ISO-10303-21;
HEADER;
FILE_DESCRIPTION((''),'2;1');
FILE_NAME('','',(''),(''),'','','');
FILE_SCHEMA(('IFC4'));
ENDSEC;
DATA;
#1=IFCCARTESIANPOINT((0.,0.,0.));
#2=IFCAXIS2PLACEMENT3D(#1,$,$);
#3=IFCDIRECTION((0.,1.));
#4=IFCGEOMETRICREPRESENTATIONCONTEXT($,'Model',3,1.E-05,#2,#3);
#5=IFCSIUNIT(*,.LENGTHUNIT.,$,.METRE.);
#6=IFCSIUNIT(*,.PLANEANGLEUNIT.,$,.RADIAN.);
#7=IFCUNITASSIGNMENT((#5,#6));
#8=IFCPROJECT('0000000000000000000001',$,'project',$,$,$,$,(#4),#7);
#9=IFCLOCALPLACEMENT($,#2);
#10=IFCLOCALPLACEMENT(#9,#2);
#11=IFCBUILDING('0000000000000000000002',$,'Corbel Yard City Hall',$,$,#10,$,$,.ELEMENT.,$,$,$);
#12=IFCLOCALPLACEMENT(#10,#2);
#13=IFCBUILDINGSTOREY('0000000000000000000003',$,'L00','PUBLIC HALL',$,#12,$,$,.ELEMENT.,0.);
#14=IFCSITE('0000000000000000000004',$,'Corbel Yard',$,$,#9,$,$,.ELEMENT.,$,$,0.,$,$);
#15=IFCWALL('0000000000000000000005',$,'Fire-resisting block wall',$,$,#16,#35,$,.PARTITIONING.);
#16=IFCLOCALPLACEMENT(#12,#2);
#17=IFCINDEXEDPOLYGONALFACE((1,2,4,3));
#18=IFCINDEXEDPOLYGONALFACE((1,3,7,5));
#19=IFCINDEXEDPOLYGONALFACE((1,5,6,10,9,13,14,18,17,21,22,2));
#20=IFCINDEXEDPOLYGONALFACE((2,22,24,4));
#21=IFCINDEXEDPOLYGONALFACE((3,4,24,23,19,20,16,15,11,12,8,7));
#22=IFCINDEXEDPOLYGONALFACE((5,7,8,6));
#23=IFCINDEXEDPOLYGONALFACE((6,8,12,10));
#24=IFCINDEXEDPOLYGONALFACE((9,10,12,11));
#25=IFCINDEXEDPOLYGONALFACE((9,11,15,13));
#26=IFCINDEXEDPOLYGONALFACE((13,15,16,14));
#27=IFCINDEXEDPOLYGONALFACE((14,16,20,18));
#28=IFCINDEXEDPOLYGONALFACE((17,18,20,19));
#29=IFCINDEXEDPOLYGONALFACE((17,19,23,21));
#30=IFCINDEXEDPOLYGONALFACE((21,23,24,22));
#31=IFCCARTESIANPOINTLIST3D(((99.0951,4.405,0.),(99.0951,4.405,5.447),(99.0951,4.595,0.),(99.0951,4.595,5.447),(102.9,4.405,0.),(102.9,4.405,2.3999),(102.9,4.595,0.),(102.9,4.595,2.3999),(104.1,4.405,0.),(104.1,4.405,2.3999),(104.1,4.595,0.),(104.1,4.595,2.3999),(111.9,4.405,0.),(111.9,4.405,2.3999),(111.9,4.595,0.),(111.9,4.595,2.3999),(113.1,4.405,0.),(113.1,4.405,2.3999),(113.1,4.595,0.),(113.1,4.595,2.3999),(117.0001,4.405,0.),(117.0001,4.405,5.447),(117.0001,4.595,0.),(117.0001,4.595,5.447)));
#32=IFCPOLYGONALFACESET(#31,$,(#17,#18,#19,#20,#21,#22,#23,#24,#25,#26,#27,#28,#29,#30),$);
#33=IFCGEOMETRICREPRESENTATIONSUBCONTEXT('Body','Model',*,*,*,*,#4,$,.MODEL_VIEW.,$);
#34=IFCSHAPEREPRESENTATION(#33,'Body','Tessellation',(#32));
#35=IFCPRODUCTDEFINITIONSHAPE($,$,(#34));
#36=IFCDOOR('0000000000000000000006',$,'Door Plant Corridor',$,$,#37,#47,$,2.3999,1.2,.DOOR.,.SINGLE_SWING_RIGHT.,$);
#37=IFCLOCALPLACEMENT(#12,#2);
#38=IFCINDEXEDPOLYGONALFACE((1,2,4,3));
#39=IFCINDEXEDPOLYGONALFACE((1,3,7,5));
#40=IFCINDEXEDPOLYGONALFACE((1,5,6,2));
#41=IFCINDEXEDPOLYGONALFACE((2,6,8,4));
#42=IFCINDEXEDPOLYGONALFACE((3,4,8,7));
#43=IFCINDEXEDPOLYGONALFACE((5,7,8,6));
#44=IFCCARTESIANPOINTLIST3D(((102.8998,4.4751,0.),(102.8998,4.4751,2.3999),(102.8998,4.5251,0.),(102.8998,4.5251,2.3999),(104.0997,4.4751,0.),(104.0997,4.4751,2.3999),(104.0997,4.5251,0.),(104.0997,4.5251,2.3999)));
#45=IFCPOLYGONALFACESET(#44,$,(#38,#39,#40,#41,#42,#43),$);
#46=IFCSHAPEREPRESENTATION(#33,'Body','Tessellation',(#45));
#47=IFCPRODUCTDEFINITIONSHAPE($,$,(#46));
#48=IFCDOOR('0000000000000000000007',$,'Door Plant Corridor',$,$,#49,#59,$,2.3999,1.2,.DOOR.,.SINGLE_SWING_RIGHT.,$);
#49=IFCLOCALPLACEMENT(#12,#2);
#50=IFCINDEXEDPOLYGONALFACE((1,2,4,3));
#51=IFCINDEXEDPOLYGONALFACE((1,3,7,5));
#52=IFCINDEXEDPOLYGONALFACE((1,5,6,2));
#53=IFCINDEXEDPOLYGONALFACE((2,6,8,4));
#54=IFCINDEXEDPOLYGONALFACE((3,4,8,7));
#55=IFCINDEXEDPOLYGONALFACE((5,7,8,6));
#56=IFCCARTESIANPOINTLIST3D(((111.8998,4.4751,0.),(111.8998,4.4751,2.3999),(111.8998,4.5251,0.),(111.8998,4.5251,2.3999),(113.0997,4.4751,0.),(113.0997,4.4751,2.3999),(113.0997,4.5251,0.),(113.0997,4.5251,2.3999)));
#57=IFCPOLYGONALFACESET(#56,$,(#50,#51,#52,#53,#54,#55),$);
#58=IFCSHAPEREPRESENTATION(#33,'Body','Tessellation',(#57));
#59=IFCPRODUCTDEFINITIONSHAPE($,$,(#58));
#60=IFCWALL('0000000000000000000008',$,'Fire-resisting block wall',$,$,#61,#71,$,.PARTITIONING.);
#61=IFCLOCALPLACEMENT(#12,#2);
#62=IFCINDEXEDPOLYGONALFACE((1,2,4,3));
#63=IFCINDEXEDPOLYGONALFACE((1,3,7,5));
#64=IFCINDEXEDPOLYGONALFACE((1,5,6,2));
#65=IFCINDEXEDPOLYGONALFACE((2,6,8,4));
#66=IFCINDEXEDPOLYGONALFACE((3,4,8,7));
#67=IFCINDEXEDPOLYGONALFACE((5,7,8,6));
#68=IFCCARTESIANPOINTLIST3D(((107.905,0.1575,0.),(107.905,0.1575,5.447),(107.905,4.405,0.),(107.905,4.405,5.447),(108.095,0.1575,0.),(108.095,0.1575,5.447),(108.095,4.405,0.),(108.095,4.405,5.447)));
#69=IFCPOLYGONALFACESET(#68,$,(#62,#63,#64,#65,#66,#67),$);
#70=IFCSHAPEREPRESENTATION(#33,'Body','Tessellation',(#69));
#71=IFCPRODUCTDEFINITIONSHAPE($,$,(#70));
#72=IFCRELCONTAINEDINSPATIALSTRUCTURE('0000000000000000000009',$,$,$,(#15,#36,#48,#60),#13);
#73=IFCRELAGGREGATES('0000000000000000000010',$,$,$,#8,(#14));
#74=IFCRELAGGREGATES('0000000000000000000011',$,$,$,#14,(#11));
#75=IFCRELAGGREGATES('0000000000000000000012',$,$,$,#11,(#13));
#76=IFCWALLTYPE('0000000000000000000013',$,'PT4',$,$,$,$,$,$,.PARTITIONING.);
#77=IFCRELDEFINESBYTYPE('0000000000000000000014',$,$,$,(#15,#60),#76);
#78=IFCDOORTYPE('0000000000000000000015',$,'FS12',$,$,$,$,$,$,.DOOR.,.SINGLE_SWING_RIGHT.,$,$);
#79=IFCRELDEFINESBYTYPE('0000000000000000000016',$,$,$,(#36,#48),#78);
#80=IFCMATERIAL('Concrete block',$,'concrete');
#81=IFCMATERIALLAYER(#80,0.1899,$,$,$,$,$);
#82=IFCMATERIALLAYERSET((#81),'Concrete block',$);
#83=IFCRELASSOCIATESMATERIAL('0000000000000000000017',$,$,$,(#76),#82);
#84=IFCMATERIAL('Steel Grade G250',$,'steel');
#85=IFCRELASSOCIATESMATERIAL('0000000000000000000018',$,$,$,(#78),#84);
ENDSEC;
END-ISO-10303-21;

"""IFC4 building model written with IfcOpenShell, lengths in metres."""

from ifc_helpers import new_model, si_unit, direction, frame, frame_2d, origin, place, context, subcontext, project, spatial, rectangle, extrude, material, layer, layer_set, type_object, element, fill, save


model = new_model("IFC4")

# Units and contexts
model_context = context("Model", 3, precision=1e-05, world=origin(), true_north=direction((0.0, 1.0)))
body_context = subcontext(model_context, "Body", "Model", "MODEL_VIEW")
ifc_project = project(units=[si_unit("LENGTHUNIT", "METRE"), si_unit("PLANEANGLEUNIT", "RADIAN")], contexts=[model_context])

# Site, building, storey
site_placement = place(None, origin())
site = spatial("IfcSite", under=ifc_project, at=site_placement, Name="Corbel Yard", CompositionType="ELEMENT", RefElevation=0.0)
building_placement = place(site_placement, origin())
building = spatial("IfcBuilding", under=site, at=building_placement, Name="Corbel Yard City Hall", CompositionType="ELEMENT")
storey_placement = place(building_placement, origin())
storey = spatial("IfcBuildingStorey", under=building, at=storey_placement, Name="L00", Description="PUBLIC HALL", CompositionType="ELEMENT", Elevation=0.0)

# Wall, openings, doors
ifc_material_1 = material(Name="Concrete block", Category="concrete")
ifc_layer_1 = layer(ifc_material_1, 0.1899)
ifc_layer_set_1 = layer_set([ifc_layer_1], Name="Concrete block")
wall_type_1 = type_object("IfcWallType", Name="PT4", PredefinedType="PARTITIONING", material=ifc_layer_set_1)
wall_1_placement = place(storey_placement, frame((99.095, 4.5, 0.0), z_axis=(0.0, 0.0, 1.0), x_axis=(1.0, 0.0, 0.0)))
wall_1 = element("IfcWall", 1, at=wall_1_placement, inside=storey, type_object=wall_type_1, Name="Fire-resisting block wall", PredefinedType="PARTITIONING", context=body_context, shape_type="SweptSolid", body=[
    extrude(rectangle(XDim=17.905, YDim=0.1899, at=frame_2d((8.9526, 0.0))), origin(), (0.0, 0.0, 1.0), 5.447),
])
opening_1_placement = place(wall_1_placement, frame((3.8049, 0.0, 0.0)))
opening_1 = element("IfcOpeningElement", 2, at=opening_1_placement, cuts=wall_1, PredefinedType="OPENING", context=body_context, shape_type="SweptSolid", body=[
    extrude(rectangle(XDim=1.2, YDim=2.3999, at=frame_2d((0.6001, 1.2))), frame((0.0, 0.105, 0.0), z_axis=(0.0, -1.0, 0.0), x_axis=(1.0, 0.0, 0.0)), (0.0, 0.0, 1.0), 0.21),
])
opening_2_placement = place(wall_1_placement, frame((12.8049, 0.0, 0.0)))
opening_2 = element("IfcOpeningElement", 3, at=opening_2_placement, cuts=wall_1, PredefinedType="OPENING", context=body_context, shape_type="SweptSolid", body=[
    extrude(rectangle(XDim=1.2, YDim=2.3999, at=frame_2d((0.6001, 1.2))), frame((0.0, 0.105, 0.0), z_axis=(0.0, -1.0, 0.0), x_axis=(1.0, 0.0, 0.0)), (0.0, 0.0, 1.0), 0.21),
])
ifc_material_2 = material(Name="Steel Grade G250", Category="steel")
door_type_1 = type_object("IfcDoorType", Name="FS12", OperationType="SINGLE_SWING_RIGHT", PredefinedType="DOOR", material=ifc_material_2)
door_1_placement = place(opening_1_placement, frame((1.2, 0.0, 0.0), z_axis=(0.0, 0.0, 1.0), x_axis=(-1.0, 0.0, 0.0)))
door_1 = element("IfcDoor", 4, at=door_1_placement, inside=storey, type_object=door_type_1, Name="Door Plant Corridor", OperationType="SINGLE_SWING_RIGHT", OverallHeight=2.3999, OverallWidth=1.2, PredefinedType="DOOR", context=body_context, shape_type="SweptSolid", body=[
    extrude(rectangle(XDim=1.2, YDim=2.3999, at=frame_2d((0.6001, 1.2))), frame((0.0, 0.0249, 0.0), z_axis=(0.0, -1.0, 0.0), x_axis=(1.0, 0.0, 0.0)), (0.0, 0.0, 1.0), 0.05),
])
fill(opening_1, door_1)
door_2_placement = place(opening_2_placement, frame((1.2, 0.0, 0.0), z_axis=(0.0, 0.0, 1.0), x_axis=(-1.0, 0.0, 0.0)))
door_2 = element("IfcDoor", 5, at=door_2_placement, inside=storey, type_object=door_type_1, Name="Door Plant Corridor", OperationType="SINGLE_SWING_RIGHT", OverallHeight=2.3999, OverallWidth=1.2, PredefinedType="DOOR", context=body_context, shape_type="SweptSolid", body=[
    extrude(rectangle(XDim=1.2, YDim=2.3999, at=frame_2d((0.6001, 1.2))), frame((0.0, 0.0249, 0.0), z_axis=(0.0, -1.0, 0.0), x_axis=(1.0, 0.0, 0.0)), (0.0, 0.0, 1.0), 0.05),
])
fill(opening_2, door_2)

# Wall
wall_2_placement = place(storey_placement, frame((108.0, 0.1575, 0.0), z_axis=(0.0, 0.0, 1.0), x_axis=(0.0, 1.0, 0.0)))
element("IfcWall", 6, at=wall_2_placement, inside=storey, type_object=wall_type_1, Name="Fire-resisting block wall", PredefinedType="PARTITIONING", context=body_context, shape_type="SweptSolid", body=[
    extrude(rectangle(XDim=4.2476, YDim=0.1899, at=frame_2d((2.1238, 0.0))), origin(), (0.0, 0.0, 1.0), 5.447),
])

save(model, "model.ifc")
